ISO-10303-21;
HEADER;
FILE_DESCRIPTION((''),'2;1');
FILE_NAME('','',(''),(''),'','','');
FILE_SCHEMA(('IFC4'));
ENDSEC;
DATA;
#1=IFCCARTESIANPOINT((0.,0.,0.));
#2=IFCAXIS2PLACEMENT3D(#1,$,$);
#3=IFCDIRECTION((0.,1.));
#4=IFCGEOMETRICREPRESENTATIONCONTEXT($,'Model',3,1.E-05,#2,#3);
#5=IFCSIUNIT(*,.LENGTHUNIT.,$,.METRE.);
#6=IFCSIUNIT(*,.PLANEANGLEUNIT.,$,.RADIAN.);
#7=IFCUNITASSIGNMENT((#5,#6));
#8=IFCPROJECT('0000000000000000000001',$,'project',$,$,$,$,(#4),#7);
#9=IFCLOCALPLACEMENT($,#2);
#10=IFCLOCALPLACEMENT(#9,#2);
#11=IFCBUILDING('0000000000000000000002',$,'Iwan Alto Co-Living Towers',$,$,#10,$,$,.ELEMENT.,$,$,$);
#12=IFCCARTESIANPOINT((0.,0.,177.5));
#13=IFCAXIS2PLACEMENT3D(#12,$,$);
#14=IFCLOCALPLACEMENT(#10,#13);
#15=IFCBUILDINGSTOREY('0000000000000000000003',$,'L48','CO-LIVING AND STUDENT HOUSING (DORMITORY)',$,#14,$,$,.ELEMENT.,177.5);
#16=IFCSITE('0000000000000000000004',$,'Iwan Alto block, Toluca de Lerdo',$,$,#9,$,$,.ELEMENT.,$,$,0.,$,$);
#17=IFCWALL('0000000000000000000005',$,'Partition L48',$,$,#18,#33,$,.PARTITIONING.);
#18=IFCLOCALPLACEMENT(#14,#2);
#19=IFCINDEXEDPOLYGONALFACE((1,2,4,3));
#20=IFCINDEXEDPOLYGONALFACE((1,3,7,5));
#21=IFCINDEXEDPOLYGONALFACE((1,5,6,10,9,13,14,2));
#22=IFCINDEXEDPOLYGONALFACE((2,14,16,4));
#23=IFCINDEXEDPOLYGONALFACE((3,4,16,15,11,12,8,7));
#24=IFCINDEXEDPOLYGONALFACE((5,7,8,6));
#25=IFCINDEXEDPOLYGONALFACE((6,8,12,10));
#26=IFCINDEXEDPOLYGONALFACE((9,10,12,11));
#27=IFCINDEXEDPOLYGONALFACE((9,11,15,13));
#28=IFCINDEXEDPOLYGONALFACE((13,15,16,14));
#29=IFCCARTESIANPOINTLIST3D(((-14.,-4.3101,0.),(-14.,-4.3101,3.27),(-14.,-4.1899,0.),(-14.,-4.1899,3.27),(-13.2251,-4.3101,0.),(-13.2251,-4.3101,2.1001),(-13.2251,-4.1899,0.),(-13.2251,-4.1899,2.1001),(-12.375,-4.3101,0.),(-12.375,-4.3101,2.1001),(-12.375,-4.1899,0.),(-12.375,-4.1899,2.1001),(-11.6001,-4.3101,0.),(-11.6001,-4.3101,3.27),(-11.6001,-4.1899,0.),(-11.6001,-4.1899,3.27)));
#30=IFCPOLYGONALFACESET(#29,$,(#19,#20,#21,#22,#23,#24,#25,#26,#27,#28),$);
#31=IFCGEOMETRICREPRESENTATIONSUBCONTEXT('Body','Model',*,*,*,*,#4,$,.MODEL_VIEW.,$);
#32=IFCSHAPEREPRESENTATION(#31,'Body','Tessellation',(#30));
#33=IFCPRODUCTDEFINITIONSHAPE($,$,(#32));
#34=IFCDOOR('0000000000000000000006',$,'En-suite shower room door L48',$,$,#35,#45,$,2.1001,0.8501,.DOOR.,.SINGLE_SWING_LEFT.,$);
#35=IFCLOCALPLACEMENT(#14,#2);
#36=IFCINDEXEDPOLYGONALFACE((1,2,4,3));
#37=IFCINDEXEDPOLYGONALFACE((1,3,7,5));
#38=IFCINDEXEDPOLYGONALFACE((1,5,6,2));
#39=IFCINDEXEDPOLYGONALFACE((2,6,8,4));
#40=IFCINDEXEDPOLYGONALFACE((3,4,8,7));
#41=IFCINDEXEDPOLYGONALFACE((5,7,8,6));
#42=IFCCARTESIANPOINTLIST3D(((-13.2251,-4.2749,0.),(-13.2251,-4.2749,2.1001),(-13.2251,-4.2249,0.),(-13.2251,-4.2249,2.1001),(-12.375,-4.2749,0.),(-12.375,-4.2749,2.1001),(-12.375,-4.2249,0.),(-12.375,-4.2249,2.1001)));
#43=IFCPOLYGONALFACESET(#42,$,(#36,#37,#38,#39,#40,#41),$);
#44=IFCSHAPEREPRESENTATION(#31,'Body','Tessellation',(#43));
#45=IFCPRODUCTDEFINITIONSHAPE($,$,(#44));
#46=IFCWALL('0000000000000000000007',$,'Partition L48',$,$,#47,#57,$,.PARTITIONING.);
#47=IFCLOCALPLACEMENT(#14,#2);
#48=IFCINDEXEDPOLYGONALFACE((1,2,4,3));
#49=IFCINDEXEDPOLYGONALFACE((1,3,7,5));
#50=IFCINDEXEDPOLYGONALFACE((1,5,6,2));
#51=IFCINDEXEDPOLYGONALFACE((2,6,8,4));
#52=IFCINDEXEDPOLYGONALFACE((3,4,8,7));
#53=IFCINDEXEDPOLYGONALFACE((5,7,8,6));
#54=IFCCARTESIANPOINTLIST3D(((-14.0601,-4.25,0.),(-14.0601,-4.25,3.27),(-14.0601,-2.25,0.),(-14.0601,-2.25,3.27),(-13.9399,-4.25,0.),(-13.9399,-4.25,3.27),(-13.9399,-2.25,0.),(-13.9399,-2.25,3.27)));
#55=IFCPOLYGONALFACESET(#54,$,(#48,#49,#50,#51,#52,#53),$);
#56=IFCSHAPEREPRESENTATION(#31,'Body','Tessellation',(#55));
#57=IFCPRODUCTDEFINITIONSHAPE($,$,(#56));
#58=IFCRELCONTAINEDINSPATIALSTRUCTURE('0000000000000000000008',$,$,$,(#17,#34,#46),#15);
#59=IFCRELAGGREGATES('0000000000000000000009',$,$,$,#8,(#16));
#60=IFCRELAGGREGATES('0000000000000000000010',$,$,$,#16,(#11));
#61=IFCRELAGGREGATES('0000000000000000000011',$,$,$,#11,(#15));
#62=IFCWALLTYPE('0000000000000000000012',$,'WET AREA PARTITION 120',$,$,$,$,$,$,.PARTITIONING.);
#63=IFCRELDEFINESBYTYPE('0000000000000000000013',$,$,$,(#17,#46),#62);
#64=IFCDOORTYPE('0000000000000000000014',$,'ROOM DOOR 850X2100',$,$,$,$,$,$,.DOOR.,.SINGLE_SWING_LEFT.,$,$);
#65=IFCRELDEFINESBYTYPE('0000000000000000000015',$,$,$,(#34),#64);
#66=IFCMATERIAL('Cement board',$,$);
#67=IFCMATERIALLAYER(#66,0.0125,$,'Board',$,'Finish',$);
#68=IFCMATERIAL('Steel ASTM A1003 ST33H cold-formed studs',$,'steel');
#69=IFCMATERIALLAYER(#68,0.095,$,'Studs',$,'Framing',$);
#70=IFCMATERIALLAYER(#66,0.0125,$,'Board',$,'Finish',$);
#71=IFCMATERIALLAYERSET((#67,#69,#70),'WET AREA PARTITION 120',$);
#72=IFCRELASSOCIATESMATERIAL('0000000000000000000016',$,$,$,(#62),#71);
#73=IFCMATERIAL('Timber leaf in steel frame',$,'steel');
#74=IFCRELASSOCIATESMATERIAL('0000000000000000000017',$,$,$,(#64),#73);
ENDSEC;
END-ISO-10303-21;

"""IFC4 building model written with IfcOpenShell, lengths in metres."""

from ifc_helpers import new_model, si_unit, direction, frame, frame_2d, origin, place, context, subcontext, project, spatial, rectangle, extrude, material, layer, layer_set, type_object, element, fill, save


model = new_model("IFC4")

# Units and contexts
model_context = context("Model", 3, precision=1e-05, world=origin(), true_north=direction((0.0, 1.0)))
body_context = subcontext(model_context, "Body", "Model", "MODEL_VIEW")
ifc_project = project(units=[si_unit("LENGTHUNIT", "METRE"), si_unit("PLANEANGLEUNIT", "RADIAN")], contexts=[model_context])

# Site, building, storey
site_placement = place(None, origin())
site = spatial("IfcSite", under=ifc_project, at=site_placement, Name="Iwan Alto block, Toluca de Lerdo", CompositionType="ELEMENT", RefElevation=0.0)
building_placement = place(site_placement, origin())
building = spatial("IfcBuilding", under=site, at=building_placement, Name="Iwan Alto Co-Living Towers", CompositionType="ELEMENT")
storey_placement = place(building_placement, frame((0.0, 0.0, 177.5)))
storey = spatial("IfcBuildingStorey", under=building, at=storey_placement, Name="L48", Description="CO-LIVING AND STUDENT HOUSING (DORMITORY)", CompositionType="ELEMENT", Elevation=177.5)

# Shared definitions
ifc_material_1 = material(Name="Steel ASTM A1003 ST33H cold-formed studs", Category="steel")

# Wall, opening, door
ifc_material_2 = material(Name="Cement board")
ifc_layer_1 = layer(ifc_material_2, 0.0125, Name="Board", Category="Finish")
ifc_layer_2 = layer(ifc_material_1, 0.095, Name="Studs", Category="Framing")
ifc_layer_3 = layer(ifc_material_2, 0.0125, Name="Board", Category="Finish")
ifc_layer_set_1 = layer_set([ifc_layer_1, ifc_layer_2, ifc_layer_3], Name="WET AREA PARTITION 120")
wall_type_1 = type_object("IfcWallType", Name="WET AREA PARTITION 120", PredefinedType="PARTITIONING", material=ifc_layer_set_1)
wall_1_placement = place(storey_placement, frame((-14.0, -4.25, 0.0), z_axis=(0.0, 0.0, 1.0), x_axis=(1.0, 0.0, 0.0)))
wall_1 = element("IfcWall", 1, at=wall_1_placement, inside=storey, type_object=wall_type_1, Name="Partition L48", PredefinedType="PARTITIONING", context=body_context, shape_type="SweptSolid", body=[
    extrude(rectangle(XDim=2.3999, YDim=0.1201, at=frame_2d((1.2, 0.0))), origin(), (0.0, 0.0, 1.0), 3.27),
])
opening_1_placement = place(wall_1_placement, frame((0.7749, 0.0, 0.0)))
opening_1 = element("IfcOpeningElement", 2, at=opening_1_placement, cuts=wall_1, PredefinedType="OPENING", context=body_context, shape_type="SweptSolid", body=[
    extrude(rectangle(XDim=0.8501, YDim=2.1001, at=frame_2d((0.425, 1.05))), frame((0.0, 0.0701, 0.0), z_axis=(0.0, -1.0, 0.0), x_axis=(1.0, 0.0, 0.0)), (0.0, 0.0, 1.0), 0.1401),
])
ifc_material_3 = material(Name="Timber leaf in steel frame", Category="steel")
door_type_1 = type_object("IfcDoorType", Name="ROOM DOOR 850X2100", OperationType="SINGLE_SWING_LEFT", PredefinedType="DOOR", material=ifc_material_3)
door_1_placement = place(opening_1_placement, frame((0.8501, 0.0, 0.0), z_axis=(0.0, 0.0, 1.0), x_axis=(-1.0, 0.0, 0.0)))
door_1 = element("IfcDoor", 3, at=door_1_placement, inside=storey, type_object=door_type_1, Name="En-suite shower room door L48", OperationType="SINGLE_SWING_LEFT", OverallHeight=2.1001, OverallWidth=0.8501, PredefinedType="DOOR", context=body_context, shape_type="SweptSolid", body=[
    extrude(rectangle(XDim=0.8501, YDim=2.1001, at=frame_2d((0.425, 1.05))), frame((0.0, 0.0249, 0.0), z_axis=(0.0, -1.0, 0.0), x_axis=(1.0, 0.0, 0.0)), (0.0, 0.0, 1.0), 0.05),
])
fill(opening_1, door_1)

# Wall
wall_2_placement = place(storey_placement, frame((-14.0, -4.25, 0.0), z_axis=(0.0, 0.0, 1.0), x_axis=(0.0, 1.0, 0.0)))
element("IfcWall", 4, at=wall_2_placement, inside=storey, type_object=wall_type_1, Name="Partition L48", PredefinedType="PARTITIONING", context=body_context, shape_type="SweptSolid", body=[
    extrude(rectangle(XDim=2.0, YDim=0.1201, at=frame_2d((1.0, 0.0))), origin(), (0.0, 0.0, 1.0), 3.27),
])

save(model, "model.ifc")
